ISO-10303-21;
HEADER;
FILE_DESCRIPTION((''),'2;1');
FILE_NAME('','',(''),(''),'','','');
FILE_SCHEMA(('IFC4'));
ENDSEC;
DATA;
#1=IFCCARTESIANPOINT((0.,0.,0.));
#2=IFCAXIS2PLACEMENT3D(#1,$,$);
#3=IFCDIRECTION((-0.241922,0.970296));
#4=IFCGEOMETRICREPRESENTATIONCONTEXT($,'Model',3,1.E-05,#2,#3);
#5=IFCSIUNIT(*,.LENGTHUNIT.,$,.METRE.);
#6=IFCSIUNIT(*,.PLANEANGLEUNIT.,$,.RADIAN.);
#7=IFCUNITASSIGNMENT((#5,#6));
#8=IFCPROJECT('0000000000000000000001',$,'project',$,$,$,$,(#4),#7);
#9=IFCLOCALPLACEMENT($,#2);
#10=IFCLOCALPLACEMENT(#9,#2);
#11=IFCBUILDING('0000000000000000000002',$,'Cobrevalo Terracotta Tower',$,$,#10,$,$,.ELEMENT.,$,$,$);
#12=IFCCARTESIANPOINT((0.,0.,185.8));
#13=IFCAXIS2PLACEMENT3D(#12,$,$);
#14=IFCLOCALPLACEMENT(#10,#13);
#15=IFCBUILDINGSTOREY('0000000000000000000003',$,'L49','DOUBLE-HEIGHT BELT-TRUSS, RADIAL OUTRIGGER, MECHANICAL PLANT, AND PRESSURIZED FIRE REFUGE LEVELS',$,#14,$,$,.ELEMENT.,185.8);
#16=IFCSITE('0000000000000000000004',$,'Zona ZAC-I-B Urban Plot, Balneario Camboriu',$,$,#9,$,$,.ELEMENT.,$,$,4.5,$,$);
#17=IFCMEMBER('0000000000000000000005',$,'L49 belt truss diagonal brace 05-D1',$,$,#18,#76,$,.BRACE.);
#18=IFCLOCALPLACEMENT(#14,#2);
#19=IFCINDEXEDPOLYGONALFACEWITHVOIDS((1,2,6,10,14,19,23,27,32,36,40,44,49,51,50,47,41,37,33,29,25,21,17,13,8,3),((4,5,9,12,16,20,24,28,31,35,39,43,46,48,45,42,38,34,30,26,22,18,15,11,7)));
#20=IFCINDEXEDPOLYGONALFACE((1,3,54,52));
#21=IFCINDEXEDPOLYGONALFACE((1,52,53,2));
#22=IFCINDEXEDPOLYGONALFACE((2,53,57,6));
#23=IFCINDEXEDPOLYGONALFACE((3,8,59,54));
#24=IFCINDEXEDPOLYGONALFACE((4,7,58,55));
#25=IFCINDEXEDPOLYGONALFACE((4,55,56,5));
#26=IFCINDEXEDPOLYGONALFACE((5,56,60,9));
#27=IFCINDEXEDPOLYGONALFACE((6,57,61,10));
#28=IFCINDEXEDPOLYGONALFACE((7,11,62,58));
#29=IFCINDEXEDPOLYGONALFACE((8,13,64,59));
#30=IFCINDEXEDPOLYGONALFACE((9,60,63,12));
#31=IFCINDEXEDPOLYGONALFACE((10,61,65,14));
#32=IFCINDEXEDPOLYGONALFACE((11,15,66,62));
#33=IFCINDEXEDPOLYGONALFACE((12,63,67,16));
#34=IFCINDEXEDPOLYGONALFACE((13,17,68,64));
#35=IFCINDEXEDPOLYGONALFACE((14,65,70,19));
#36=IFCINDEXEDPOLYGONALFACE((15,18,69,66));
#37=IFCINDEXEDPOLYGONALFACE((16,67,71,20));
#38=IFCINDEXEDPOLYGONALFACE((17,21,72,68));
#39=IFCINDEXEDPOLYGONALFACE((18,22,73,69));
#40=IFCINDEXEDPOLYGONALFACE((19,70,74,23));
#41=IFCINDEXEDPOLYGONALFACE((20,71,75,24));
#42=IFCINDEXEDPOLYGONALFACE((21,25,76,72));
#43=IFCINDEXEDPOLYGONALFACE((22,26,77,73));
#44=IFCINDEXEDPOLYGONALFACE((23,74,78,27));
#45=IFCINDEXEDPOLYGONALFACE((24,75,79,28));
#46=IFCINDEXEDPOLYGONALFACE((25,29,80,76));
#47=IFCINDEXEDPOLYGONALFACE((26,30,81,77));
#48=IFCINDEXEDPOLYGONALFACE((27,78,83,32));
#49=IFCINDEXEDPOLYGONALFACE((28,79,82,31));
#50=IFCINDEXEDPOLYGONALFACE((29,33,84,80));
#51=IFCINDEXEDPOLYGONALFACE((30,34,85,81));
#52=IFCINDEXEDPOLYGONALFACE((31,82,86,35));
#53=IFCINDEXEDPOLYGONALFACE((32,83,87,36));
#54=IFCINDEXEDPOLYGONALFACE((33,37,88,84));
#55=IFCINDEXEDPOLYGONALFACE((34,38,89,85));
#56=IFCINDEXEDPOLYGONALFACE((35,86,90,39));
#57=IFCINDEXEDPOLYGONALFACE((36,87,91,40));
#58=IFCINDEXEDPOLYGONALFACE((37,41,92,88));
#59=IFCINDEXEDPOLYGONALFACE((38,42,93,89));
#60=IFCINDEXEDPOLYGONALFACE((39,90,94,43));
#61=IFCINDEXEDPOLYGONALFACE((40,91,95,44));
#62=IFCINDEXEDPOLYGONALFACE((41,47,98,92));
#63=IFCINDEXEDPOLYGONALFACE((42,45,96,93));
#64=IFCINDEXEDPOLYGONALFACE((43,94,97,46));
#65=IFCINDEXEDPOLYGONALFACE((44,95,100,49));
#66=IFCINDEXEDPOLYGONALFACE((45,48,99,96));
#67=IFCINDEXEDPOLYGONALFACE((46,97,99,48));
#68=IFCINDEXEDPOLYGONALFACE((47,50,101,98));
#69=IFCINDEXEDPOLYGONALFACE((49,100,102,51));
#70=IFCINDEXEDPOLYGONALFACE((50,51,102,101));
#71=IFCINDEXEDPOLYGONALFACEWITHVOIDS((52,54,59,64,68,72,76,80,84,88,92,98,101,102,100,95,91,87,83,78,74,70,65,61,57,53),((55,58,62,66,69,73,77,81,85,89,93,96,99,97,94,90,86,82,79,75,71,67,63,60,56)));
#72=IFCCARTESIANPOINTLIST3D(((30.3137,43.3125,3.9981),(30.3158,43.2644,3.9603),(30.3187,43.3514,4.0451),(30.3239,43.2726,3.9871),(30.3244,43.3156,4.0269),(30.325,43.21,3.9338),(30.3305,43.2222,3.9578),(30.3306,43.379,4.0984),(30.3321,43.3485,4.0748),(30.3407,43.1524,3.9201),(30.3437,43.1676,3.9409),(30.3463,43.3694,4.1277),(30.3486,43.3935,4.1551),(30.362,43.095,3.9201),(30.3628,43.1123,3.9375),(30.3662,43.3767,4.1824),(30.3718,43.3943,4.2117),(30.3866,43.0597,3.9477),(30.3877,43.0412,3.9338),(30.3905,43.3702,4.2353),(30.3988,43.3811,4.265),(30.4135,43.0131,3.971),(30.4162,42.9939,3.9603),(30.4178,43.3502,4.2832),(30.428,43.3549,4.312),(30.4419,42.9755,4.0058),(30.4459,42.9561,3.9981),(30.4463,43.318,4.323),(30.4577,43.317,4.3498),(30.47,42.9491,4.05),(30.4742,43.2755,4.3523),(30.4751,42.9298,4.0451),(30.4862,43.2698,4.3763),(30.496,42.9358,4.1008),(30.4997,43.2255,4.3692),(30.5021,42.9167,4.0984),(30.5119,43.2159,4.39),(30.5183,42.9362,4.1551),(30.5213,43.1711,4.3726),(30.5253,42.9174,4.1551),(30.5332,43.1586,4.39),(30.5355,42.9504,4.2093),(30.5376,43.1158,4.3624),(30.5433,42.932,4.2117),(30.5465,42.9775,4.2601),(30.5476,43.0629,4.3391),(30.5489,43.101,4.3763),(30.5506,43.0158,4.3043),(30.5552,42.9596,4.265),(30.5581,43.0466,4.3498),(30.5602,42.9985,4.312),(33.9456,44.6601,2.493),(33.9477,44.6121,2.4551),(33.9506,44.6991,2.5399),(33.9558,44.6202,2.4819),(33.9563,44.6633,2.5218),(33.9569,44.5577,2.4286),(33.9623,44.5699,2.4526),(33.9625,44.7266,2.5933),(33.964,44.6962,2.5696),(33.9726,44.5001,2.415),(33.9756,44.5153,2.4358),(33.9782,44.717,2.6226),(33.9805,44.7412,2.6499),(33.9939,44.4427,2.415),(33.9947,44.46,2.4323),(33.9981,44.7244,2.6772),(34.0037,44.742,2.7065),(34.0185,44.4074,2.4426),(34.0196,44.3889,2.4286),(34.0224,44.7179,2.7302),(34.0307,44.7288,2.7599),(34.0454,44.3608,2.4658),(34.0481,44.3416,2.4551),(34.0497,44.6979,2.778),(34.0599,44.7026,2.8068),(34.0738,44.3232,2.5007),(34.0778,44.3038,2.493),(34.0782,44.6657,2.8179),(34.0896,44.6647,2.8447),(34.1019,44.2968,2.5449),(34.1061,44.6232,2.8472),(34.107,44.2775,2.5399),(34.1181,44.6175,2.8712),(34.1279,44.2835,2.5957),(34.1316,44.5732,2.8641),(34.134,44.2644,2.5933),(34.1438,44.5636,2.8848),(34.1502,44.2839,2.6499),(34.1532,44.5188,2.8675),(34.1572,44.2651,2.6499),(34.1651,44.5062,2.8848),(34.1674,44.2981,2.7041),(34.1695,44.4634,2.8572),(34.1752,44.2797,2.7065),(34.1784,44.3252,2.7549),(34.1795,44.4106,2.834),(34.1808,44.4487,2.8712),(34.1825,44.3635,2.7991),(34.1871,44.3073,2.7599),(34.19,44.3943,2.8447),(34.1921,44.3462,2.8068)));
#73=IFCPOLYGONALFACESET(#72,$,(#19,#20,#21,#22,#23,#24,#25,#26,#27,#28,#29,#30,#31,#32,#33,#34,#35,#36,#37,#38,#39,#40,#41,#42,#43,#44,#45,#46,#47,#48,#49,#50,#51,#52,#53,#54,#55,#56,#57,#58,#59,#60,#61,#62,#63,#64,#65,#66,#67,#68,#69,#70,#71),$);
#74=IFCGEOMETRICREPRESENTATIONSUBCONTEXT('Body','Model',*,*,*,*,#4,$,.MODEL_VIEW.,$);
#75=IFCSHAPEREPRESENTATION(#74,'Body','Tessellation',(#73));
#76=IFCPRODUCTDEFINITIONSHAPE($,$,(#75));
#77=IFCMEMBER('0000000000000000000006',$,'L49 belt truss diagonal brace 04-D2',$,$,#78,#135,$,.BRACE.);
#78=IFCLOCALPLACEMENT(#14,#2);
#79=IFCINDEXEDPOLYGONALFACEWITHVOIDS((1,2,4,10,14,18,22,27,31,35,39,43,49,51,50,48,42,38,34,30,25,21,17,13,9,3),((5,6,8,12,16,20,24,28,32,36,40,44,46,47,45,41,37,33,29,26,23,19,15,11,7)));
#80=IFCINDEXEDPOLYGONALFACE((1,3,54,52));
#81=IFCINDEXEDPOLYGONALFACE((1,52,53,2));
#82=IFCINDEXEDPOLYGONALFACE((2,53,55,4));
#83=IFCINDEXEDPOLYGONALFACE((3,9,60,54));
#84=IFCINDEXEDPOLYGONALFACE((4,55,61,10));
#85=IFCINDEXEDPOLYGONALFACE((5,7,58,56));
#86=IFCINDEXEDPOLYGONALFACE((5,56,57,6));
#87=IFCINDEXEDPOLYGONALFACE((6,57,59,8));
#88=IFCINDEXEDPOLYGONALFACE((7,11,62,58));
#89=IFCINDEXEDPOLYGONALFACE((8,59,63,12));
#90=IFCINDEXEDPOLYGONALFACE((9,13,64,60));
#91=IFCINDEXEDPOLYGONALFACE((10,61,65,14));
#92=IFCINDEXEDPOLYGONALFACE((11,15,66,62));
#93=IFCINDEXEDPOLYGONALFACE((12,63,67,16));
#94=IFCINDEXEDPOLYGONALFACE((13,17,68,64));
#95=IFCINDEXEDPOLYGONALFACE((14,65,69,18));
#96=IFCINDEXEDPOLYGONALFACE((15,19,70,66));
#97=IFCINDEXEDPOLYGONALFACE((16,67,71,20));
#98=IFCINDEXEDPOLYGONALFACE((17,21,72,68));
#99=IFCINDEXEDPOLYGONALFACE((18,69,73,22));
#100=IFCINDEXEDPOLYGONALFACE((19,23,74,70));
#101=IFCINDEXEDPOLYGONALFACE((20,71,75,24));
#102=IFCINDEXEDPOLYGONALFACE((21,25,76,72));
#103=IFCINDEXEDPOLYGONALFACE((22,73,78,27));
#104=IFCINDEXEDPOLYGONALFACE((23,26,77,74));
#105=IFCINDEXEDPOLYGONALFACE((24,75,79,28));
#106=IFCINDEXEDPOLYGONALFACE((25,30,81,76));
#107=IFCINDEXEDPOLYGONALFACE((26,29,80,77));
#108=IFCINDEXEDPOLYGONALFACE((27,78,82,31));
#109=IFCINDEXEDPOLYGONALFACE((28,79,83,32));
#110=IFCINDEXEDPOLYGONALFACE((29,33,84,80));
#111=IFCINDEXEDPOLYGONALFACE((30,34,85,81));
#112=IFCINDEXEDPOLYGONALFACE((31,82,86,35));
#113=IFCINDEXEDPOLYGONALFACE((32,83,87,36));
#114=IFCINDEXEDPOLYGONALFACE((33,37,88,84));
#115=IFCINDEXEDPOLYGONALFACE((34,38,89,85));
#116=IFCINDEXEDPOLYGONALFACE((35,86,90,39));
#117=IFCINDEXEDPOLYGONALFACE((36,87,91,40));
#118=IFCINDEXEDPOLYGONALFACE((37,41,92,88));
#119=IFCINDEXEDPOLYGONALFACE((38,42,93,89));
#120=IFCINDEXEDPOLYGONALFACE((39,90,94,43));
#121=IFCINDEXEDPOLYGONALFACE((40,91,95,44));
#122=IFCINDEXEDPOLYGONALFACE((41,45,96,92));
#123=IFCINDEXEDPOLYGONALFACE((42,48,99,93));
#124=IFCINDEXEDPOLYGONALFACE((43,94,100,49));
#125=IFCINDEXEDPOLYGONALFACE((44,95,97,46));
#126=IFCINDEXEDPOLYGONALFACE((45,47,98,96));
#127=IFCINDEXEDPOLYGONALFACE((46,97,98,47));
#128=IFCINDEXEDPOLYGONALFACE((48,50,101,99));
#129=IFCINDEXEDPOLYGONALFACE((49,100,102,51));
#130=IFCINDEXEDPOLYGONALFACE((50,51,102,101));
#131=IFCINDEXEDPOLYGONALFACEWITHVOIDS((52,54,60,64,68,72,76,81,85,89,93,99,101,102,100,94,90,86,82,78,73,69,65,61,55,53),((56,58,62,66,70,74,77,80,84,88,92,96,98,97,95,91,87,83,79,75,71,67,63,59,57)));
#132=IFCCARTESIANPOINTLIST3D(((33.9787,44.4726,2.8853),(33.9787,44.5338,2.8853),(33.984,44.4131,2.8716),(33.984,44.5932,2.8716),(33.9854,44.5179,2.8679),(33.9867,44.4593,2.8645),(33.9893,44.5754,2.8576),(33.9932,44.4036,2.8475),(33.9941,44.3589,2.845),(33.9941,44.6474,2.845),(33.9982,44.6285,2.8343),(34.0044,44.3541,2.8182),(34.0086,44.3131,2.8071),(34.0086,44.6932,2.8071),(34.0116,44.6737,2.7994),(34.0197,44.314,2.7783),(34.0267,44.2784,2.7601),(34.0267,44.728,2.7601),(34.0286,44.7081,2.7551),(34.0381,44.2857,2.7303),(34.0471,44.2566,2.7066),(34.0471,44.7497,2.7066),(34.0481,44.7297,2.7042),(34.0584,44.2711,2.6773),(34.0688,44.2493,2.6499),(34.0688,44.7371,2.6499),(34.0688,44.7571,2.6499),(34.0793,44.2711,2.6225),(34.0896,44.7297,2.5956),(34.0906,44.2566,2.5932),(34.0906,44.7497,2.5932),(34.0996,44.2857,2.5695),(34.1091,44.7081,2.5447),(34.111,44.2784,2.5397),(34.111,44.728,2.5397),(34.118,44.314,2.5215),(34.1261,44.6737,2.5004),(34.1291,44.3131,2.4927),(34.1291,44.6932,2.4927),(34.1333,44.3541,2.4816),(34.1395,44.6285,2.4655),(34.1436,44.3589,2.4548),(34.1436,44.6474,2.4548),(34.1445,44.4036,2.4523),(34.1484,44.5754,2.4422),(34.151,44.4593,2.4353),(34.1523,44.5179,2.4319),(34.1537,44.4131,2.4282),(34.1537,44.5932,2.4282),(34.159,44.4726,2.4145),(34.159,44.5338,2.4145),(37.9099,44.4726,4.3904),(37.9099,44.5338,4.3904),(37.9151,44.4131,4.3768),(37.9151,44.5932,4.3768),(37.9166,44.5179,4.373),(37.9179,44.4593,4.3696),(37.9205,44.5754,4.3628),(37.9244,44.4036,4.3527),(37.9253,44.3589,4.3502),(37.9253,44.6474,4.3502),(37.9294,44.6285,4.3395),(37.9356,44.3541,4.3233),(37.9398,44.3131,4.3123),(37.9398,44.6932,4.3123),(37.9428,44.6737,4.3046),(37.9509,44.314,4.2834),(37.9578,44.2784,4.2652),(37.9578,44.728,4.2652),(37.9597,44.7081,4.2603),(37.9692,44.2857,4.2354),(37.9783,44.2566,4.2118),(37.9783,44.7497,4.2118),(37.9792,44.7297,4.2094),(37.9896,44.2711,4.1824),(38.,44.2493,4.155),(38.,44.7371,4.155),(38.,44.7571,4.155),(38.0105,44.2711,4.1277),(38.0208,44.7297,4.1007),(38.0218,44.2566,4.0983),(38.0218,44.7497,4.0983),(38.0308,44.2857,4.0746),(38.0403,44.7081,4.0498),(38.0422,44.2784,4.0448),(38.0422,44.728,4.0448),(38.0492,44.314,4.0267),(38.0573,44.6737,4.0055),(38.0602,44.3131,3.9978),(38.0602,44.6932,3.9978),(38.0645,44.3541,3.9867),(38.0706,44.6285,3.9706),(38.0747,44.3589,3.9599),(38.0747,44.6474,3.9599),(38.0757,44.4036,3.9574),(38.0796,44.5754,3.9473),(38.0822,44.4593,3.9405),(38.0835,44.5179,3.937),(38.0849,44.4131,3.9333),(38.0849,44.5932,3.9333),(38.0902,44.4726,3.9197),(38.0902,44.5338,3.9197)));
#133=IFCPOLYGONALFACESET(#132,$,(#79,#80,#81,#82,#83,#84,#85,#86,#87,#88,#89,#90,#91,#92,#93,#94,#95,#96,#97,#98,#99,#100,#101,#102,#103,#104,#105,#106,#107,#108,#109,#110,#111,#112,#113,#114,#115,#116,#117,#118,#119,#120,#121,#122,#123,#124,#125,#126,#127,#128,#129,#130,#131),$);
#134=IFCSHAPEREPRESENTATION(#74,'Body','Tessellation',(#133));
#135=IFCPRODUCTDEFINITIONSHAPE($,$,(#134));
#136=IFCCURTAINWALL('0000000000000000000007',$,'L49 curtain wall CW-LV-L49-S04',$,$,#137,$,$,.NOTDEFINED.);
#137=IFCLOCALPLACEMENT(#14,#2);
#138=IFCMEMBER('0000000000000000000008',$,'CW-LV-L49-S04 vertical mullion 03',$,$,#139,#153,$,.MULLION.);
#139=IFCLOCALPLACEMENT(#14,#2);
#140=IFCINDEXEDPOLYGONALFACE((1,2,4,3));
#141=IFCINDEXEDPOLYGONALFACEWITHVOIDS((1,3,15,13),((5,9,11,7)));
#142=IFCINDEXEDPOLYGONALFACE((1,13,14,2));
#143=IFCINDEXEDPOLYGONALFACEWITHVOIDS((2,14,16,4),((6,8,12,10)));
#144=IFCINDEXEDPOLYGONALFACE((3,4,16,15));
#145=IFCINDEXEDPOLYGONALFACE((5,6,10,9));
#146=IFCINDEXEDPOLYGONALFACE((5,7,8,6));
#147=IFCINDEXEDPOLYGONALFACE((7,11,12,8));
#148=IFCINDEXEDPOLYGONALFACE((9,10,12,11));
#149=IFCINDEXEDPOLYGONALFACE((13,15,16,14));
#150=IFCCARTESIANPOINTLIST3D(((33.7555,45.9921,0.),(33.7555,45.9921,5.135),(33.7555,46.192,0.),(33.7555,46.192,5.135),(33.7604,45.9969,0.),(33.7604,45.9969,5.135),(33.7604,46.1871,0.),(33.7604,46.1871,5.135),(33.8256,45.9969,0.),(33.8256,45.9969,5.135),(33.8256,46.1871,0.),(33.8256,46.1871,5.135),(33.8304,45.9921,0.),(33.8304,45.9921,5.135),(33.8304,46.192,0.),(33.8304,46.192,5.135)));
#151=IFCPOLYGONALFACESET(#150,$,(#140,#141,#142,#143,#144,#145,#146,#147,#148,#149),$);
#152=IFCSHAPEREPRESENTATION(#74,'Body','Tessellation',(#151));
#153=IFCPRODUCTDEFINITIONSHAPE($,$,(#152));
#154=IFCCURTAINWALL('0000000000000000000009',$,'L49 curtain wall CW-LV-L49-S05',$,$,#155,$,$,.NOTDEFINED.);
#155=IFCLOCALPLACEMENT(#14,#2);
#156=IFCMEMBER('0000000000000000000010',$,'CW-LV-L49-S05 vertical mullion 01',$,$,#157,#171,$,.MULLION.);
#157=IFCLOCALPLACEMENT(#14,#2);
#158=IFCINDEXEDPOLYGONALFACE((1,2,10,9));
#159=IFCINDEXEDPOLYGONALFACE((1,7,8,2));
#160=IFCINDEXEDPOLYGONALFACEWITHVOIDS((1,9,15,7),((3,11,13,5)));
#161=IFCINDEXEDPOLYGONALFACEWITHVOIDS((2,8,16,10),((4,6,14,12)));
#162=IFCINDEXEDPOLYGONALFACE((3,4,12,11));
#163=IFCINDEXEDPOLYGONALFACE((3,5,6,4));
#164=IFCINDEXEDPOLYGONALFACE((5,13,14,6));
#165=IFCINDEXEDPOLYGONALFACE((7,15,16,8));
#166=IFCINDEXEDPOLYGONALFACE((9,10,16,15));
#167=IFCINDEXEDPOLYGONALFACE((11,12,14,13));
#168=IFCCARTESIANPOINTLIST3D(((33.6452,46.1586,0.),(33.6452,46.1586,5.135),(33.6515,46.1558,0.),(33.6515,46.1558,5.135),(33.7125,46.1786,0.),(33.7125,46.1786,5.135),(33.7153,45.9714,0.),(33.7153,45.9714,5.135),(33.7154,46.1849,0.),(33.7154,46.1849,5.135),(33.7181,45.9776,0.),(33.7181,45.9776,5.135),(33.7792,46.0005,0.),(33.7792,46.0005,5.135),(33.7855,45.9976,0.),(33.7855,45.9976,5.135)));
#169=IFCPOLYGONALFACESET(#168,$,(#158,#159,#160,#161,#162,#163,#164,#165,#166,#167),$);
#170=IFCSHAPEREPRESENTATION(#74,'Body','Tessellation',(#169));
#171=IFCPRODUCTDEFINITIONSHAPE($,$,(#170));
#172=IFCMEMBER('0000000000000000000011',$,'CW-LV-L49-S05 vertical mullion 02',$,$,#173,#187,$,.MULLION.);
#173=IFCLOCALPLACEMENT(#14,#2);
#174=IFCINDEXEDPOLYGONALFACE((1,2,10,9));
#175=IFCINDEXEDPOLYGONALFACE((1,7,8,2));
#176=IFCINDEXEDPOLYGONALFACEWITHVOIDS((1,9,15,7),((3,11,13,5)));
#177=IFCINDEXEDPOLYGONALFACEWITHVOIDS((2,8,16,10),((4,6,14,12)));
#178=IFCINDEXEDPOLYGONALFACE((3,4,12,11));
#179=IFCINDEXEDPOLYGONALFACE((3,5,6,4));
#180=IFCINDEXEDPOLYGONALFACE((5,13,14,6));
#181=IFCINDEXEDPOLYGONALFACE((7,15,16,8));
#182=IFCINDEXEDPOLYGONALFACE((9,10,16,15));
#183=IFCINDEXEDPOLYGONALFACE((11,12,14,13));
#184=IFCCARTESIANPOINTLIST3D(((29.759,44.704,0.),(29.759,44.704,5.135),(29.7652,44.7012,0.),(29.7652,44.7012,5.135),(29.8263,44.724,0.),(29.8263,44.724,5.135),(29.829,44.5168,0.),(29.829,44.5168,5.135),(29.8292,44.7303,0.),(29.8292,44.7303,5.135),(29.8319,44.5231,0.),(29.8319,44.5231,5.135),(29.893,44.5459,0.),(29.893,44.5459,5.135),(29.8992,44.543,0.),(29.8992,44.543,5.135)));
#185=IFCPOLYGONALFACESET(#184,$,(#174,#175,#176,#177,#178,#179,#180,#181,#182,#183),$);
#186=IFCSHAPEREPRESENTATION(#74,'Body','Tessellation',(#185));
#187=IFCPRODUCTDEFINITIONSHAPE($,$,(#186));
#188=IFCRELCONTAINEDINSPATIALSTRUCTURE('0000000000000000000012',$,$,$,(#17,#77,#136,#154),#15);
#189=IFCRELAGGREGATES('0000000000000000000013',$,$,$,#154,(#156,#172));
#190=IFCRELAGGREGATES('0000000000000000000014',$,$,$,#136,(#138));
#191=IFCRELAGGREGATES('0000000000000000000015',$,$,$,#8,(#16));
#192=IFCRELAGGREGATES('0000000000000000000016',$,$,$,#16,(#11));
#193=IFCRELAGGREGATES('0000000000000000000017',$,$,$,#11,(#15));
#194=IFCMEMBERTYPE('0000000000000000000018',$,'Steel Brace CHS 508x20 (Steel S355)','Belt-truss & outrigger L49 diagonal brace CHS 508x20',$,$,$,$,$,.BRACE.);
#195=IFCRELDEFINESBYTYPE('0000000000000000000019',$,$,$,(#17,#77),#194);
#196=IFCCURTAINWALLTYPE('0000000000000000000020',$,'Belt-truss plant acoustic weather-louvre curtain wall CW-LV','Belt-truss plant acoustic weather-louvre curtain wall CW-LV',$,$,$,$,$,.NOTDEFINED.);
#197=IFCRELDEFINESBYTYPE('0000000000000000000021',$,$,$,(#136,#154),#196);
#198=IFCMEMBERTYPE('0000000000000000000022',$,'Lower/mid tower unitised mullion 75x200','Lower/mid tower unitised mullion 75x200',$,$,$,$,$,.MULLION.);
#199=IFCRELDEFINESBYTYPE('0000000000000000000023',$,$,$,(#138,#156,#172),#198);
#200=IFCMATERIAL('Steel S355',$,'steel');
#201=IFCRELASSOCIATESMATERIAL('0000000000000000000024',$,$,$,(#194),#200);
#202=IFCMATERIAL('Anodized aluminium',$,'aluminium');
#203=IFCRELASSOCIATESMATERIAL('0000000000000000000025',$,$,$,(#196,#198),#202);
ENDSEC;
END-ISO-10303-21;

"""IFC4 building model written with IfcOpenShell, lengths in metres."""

from ifc_helpers import new_model, si_unit, direction, frame, origin, origin_2d, place, context, subcontext, project, spatial, hollow_rectangle, hollow_circle, extrude, source, transform, mapped, material, material_profile, profile_set, type_object, element, aggregate, save


model = new_model("IFC4")

# Units and contexts
model_context = context("Model", 3, precision=1e-05, world=origin(), true_north=direction((-0.241922, 0.970296)))
body_context = subcontext(model_context, "Body", "Model", "MODEL_VIEW")
ifc_project = project(units=[si_unit("LENGTHUNIT", "METRE"), si_unit("PLANEANGLEUNIT", "RADIAN")], contexts=[model_context])

# Site, building, storey
site_placement = place(None, origin())
site = spatial("IfcSite", under=ifc_project, at=site_placement, Name="Zona ZAC-I-B Urban Plot, Balneario Camboriu", CompositionType="ELEMENT", RefElevation=4.5)
building_placement = place(site_placement, origin())
building = spatial("IfcBuilding", under=site, at=building_placement, Name="Cobrevalo Terracotta Tower", CompositionType="ELEMENT")
storey_placement = place(building_placement, frame((0.0, 0.0, 185.8)))
storey = spatial("IfcBuildingStorey", under=building, at=storey_placement, Name="L49", Description="DOUBLE-HEIGHT BELT-TRUSS, RADIAL OUTRIGGER, MECHANICAL PLANT, AND PRESSURIZED FIRE REFUGE LEVELS", CompositionType="ELEMENT", Elevation=185.8)

# Shared definitions
ifc_material_1 = material(Name="Steel S355", Category="steel")

# Members
ifc_material_profile_1 = material_profile(ifc_material_1, hollow_circle(Radius=0.2539, WallThickness=0.02, at=origin_2d()), Name="CHS 508x20")
ifc_profile_set_1 = profile_set([ifc_material_profile_1], Name="Steel S355")
member_type_1 = type_object("IfcMemberType", Name="Steel Brace CHS 508x20 (Steel S355)", Description="Belt-truss & outrigger L49 diagonal brace CHS 508x20", PredefinedType="BRACE", material=ifc_profile_set_1)
shared_shape_1 = source(origin(), body_context, "Body", "SweptSolid", [
    extrude(hollow_circle(Radius=0.2539, WallThickness=0.02, at=origin_2d()), origin(), (0.0, 0.0, 1.0), 4.156),
])
member_1_placement = place(storey_placement, frame((34.0688, 44.5032, 2.6499), z_axis=(-0.873891, -0.324272, 0.362163), x_axis=(0.347889, -0.937536, 0.0)))
element("IfcMember", 1, at=member_1_placement, inside=storey, type_object=member_type_1, Name="L49 belt truss diagonal brace 05-D1", PredefinedType="BRACE", context=body_context, shape_type="MappedRepresentation", body=[
    mapped(shared_shape_1, transform((0.0, 0.0, 0.0), scale=1.0)),
])
shared_shape_2 = source(origin(), body_context, "Body", "SweptSolid", [
    extrude(hollow_circle(Radius=0.2539, WallThickness=0.02, at=origin_2d()), origin(), (0.0, 0.0, 1.0), 4.2095),
])
member_2_placement = place(storey_placement, frame((34.0688, 44.5032, 2.6499), z_axis=(0.93389, 0.0, 0.35756), x_axis=(0.0, 1.0, 0.0)))
element("IfcMember", 2, at=member_2_placement, inside=storey, type_object=member_type_1, Name="L49 belt truss diagonal brace 04-D2", PredefinedType="BRACE", context=body_context, shape_type="MappedRepresentation", body=[
    mapped(shared_shape_2, transform((0.0, 0.0, 0.0), scale=1.0)),
])

# Curtain wall, member
ifc_material_2 = material(Name="Anodized aluminium", Category="aluminium")
curtain_wall_type = type_object("IfcCurtainWallType", Name="Belt-truss plant acoustic weather-louvre curtain wall CW-LV", Description="Belt-truss plant acoustic weather-louvre curtain wall CW-LV", PredefinedType="NOTDEFINED", material=ifc_material_2)
curtain_wall_1_placement = place(storey_placement, origin())
curtain_wall_1 = element("IfcCurtainWall", 3, at=curtain_wall_1_placement, inside=storey, type_object=curtain_wall_type, Name="L49 curtain wall CW-LV-L49-S04", PredefinedType="NOTDEFINED")
ifc_material_profile_2 = material_profile(ifc_material_2, hollow_rectangle(XDim=0.075, YDim=0.2, WallThickness=0.0049, at=origin_2d()), Name="CWM 75x200")
ifc_profile_set_2 = profile_set([ifc_material_profile_2], Name="Anodized aluminium")
member_type_2 = type_object("IfcMemberType", Name="Lower/mid tower unitised mullion 75x200", Description="Lower/mid tower unitised mullion 75x200", PredefinedType="MULLION", material=ifc_profile_set_2)
shared_shape_3 = source(origin(), body_context, "Body", "SweptSolid", [
    extrude(hollow_rectangle(XDim=0.075, YDim=0.2, WallThickness=0.0049, at=origin_2d()), origin(), (0.0, 0.0, 1.0), 5.135),
])
member_3_placement = place(storey_placement, frame((33.793, 46.092, 0.0), z_axis=(0.0, 0.0, 1.0), x_axis=(-1.0, 0.0, 0.0)))
member_3 = element("IfcMember", 4, at=member_3_placement, type_object=member_type_2, Name="CW-LV-L49-S04 vertical mullion 03", PredefinedType="MULLION", context=body_context, shape_type="MappedRepresentation", body=[
    mapped(shared_shape_3, transform((0.0, 0.0, 0.0), scale=1.0)),
])

# Curtain wall, members
curtain_wall_2_placement = place(storey_placement, origin())
curtain_wall_2 = element("IfcCurtainWall", 5, at=curtain_wall_2_placement, inside=storey, type_object=curtain_wall_type, Name="L49 curtain wall CW-LV-L49-S05", PredefinedType="NOTDEFINED")
member_4_placement = place(storey_placement, frame((33.7153, 46.0781, 0.0), z_axis=(0.0, 0.0, 1.0), x_axis=(-0.936556, -0.350518, 0.0)))
member_4 = element("IfcMember", 6, at=member_4_placement, type_object=member_type_2, Name="CW-LV-L49-S05 vertical mullion 01", PredefinedType="MULLION", context=body_context, shape_type="MappedRepresentation", body=[
    mapped(shared_shape_3, transform((0.0, 0.0, 0.0), scale=1.0)),
])
member_5_placement = place(storey_placement, frame((29.8291, 44.6235, 0.0), z_axis=(0.0, 0.0, 1.0), x_axis=(-0.936556, -0.350518, 0.0)))
member_5 = element("IfcMember", 7, at=member_5_placement, type_object=member_type_2, Name="CW-LV-L49-S05 vertical mullion 02", PredefinedType="MULLION", context=body_context, shape_type="MappedRepresentation", body=[
    mapped(shared_shape_3, transform((0.0, 0.0, 0.0), scale=1.0)),
])

aggregate(curtain_wall_2, [member_4, member_5])
aggregate(curtain_wall_1, [member_3])

save(model, "model.ifc")
